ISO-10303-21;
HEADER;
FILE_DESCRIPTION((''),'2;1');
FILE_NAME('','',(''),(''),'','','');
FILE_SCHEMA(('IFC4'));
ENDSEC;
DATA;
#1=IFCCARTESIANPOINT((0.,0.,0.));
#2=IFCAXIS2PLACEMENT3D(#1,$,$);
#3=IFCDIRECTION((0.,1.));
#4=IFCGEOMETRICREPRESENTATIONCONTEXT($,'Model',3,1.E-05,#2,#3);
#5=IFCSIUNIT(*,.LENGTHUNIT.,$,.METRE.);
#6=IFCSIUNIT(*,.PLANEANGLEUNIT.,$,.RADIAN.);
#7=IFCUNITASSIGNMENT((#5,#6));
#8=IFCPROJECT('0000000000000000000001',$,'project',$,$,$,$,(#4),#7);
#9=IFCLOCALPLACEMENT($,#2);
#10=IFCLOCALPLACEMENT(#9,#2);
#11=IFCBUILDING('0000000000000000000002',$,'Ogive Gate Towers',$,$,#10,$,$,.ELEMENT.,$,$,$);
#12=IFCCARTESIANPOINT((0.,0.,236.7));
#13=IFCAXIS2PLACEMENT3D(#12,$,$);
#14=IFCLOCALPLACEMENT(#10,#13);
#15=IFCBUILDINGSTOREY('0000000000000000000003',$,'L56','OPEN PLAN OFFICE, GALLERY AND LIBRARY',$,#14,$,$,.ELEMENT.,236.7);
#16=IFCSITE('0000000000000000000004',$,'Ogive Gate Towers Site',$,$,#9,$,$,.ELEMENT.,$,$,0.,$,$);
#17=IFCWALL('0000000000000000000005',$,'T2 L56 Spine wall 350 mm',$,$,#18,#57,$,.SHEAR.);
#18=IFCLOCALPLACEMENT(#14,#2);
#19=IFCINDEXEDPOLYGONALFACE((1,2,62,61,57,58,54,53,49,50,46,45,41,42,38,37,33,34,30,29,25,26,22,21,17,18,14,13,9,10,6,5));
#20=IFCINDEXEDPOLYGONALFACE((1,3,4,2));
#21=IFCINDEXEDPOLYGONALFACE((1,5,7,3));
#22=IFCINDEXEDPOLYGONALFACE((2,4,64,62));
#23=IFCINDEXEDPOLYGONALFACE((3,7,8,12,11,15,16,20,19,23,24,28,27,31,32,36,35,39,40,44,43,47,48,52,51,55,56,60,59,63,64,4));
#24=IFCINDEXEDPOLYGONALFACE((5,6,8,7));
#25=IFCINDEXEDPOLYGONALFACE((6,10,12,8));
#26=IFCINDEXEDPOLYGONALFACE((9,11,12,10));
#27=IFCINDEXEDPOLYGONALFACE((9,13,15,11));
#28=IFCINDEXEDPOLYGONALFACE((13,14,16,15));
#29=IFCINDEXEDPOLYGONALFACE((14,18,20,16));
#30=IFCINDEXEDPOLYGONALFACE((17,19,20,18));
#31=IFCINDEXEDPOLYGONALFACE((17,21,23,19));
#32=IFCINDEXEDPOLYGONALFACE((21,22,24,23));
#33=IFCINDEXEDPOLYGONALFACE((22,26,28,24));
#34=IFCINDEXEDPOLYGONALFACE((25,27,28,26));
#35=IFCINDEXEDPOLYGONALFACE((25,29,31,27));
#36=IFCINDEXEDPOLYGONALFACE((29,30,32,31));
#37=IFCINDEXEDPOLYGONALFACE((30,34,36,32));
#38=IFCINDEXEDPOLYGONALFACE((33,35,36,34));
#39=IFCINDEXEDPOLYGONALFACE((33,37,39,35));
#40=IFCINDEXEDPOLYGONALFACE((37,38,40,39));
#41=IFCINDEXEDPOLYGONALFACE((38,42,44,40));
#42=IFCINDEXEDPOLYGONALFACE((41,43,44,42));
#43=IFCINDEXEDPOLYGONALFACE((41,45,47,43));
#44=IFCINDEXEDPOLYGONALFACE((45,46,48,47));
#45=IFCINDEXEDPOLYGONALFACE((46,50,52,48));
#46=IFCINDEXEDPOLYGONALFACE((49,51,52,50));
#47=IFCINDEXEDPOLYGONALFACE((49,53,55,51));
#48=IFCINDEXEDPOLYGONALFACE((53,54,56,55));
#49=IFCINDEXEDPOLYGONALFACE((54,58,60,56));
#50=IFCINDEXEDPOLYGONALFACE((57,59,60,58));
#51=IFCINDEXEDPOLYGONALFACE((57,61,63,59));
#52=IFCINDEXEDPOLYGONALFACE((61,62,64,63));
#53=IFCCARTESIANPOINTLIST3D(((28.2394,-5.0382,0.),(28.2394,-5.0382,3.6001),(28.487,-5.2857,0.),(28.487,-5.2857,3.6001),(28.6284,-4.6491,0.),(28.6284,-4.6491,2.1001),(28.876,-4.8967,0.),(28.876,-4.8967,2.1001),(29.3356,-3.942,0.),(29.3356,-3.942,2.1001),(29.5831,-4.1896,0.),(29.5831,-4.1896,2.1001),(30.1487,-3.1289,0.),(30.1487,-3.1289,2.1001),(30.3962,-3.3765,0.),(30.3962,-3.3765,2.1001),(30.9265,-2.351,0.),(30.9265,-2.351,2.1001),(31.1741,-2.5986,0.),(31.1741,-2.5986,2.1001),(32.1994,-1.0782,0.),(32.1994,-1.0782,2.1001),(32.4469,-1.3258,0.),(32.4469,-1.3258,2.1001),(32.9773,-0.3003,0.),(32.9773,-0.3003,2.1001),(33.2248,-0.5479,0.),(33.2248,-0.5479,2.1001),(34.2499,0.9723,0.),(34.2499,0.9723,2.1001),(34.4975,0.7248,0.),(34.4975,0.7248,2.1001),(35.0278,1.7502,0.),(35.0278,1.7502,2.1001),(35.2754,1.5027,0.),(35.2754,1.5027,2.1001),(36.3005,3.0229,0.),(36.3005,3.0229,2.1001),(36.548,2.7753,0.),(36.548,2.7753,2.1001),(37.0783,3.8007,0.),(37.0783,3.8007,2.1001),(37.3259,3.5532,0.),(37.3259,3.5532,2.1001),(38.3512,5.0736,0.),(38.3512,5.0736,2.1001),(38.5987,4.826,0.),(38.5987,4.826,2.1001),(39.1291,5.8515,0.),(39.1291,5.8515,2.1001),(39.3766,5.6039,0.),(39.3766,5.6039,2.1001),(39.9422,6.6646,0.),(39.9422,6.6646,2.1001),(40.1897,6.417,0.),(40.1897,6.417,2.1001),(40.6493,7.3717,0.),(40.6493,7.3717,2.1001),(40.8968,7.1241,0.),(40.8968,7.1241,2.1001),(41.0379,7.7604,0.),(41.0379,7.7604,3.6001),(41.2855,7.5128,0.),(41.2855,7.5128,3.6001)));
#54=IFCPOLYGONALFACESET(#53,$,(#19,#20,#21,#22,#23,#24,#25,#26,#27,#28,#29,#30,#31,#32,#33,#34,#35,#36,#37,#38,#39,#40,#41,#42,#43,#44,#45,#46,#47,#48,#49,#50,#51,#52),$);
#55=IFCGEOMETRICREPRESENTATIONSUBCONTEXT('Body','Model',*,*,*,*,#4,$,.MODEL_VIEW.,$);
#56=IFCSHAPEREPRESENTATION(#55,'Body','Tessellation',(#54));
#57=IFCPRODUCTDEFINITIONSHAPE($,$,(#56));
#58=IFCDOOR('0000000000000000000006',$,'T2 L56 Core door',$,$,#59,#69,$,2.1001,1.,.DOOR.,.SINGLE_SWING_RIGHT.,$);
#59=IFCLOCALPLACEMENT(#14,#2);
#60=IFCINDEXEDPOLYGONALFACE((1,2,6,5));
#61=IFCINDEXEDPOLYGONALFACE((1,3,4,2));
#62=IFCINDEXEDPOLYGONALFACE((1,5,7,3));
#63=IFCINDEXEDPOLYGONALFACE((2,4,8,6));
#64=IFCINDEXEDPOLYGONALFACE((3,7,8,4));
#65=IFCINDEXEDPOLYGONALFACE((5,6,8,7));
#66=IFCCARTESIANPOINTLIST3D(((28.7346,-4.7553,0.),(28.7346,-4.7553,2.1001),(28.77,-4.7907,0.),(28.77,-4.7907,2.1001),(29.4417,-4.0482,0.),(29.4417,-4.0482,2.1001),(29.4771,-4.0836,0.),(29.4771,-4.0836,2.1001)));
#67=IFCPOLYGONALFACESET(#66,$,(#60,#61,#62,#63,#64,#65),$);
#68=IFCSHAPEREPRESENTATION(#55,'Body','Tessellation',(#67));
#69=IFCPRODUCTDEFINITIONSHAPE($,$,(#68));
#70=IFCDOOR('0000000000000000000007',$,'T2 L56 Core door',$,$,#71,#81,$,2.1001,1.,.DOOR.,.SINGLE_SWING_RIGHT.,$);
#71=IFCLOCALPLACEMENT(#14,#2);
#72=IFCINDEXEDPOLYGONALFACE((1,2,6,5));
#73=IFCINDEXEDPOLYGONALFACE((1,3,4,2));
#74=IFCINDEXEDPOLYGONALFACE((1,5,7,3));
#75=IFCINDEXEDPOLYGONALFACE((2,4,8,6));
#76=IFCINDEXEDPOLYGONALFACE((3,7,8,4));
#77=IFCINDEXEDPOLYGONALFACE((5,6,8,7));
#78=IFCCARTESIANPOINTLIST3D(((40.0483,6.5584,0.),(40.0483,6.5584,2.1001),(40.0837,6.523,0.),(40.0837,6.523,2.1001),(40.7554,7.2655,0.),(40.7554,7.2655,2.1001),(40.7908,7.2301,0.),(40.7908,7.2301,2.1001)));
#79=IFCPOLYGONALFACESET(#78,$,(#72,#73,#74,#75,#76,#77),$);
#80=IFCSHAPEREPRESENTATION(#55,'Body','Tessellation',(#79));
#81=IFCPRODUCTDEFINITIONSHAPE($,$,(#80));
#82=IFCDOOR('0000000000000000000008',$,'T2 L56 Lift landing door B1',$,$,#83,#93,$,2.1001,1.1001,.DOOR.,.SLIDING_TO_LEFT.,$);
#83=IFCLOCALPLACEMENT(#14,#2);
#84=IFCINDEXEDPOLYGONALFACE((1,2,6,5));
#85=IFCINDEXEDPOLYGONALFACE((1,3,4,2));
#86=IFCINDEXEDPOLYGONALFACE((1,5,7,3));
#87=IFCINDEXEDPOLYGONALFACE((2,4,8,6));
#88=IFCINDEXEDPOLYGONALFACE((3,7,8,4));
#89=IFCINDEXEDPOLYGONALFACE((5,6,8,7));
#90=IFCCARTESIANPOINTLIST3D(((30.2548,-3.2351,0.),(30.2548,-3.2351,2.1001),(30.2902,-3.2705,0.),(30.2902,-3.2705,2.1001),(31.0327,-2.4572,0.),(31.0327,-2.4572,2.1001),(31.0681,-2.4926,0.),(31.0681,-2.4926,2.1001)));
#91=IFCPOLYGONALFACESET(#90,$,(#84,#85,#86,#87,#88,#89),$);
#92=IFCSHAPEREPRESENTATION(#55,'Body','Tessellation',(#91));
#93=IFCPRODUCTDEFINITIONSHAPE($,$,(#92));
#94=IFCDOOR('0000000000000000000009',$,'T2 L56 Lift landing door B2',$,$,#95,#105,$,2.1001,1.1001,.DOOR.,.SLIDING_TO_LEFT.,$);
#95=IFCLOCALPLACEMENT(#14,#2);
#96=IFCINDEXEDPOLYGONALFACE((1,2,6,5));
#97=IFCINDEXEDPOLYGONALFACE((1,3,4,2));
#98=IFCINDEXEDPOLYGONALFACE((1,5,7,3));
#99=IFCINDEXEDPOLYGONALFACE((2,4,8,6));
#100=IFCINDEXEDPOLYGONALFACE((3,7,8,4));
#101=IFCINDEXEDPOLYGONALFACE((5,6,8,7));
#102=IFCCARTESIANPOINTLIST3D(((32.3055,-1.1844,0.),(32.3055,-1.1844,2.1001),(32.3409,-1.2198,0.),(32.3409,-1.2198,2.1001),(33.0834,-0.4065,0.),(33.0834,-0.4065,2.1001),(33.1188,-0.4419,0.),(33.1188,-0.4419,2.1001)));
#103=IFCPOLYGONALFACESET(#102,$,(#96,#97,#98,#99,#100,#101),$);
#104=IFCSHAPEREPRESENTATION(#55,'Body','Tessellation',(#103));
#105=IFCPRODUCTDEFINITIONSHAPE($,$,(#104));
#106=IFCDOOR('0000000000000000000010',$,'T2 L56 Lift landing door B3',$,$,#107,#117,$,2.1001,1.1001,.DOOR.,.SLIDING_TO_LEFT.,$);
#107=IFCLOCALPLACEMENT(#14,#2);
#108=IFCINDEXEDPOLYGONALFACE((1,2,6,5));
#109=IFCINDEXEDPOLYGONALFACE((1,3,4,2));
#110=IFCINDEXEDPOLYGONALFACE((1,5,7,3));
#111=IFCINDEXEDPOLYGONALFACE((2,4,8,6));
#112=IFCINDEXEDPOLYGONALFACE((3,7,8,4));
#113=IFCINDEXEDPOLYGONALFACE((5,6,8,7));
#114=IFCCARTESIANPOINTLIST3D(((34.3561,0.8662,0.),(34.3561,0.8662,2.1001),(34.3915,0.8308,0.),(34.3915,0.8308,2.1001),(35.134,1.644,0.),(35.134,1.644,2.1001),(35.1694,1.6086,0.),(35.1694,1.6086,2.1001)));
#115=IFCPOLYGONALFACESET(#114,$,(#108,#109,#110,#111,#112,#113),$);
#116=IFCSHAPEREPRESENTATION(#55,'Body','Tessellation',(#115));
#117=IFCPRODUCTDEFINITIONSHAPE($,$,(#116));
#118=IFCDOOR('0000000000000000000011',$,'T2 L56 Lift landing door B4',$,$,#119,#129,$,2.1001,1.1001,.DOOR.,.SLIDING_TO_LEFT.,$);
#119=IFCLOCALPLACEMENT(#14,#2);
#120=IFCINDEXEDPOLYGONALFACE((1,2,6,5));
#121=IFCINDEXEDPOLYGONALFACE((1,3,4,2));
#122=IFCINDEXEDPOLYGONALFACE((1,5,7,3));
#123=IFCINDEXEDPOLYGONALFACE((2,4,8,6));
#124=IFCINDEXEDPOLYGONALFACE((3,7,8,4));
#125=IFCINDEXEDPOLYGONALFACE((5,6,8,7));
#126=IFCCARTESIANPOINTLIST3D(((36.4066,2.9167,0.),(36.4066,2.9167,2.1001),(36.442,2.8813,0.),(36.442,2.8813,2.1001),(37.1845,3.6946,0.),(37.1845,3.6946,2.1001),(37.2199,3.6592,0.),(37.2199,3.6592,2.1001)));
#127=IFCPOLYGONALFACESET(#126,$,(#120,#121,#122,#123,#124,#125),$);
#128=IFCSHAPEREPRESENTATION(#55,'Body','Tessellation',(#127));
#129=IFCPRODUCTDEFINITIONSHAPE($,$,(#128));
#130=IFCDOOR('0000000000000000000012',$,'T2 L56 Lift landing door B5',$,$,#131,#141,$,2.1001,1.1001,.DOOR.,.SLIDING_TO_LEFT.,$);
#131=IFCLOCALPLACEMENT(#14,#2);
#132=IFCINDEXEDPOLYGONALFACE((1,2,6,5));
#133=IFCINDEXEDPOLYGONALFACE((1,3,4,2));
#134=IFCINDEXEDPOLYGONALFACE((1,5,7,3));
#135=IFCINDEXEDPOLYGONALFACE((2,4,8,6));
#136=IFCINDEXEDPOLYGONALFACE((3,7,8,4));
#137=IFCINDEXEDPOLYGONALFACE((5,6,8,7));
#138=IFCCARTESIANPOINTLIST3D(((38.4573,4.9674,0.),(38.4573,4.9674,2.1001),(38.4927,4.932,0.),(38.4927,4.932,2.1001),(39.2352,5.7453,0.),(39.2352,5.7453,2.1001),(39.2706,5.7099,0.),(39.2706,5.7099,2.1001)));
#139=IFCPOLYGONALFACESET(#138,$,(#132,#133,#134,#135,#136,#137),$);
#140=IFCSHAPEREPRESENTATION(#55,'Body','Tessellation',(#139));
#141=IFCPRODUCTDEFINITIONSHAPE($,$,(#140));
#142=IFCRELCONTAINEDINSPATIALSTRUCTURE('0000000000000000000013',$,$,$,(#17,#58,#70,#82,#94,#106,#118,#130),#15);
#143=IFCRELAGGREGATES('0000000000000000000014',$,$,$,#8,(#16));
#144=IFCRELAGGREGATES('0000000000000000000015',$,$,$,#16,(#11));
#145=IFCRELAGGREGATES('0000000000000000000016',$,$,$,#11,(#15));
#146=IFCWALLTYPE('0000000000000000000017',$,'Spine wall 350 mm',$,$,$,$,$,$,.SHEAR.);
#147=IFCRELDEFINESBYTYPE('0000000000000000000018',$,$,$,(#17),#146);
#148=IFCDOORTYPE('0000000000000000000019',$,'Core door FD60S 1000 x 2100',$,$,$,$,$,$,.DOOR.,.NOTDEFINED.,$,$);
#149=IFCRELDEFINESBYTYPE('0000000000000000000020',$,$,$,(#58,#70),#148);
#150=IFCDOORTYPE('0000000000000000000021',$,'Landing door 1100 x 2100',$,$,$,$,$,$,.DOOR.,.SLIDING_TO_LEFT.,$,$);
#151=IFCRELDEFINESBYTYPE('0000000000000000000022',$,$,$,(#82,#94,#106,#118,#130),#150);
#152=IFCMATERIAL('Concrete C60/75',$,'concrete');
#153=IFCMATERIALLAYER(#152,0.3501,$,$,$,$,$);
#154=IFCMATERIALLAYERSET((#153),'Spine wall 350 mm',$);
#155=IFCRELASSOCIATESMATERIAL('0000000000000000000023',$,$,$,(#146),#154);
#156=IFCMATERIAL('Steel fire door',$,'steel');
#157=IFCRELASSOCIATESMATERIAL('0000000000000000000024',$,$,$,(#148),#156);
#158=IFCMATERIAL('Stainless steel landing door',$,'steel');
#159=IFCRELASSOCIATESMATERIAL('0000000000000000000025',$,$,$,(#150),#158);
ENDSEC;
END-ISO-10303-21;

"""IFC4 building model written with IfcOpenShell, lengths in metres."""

from ifc_helpers import new_model, si_unit, direction, frame, frame_2d, origin, place, context, subcontext, project, spatial, rectangle, extrude, material, layer, layer_set, type_object, element, fill, save


model = new_model("IFC4")

# Units and contexts
model_context = context("Model", 3, precision=1e-05, world=origin(), true_north=direction((0.0, 1.0)))
body_context = subcontext(model_context, "Body", "Model", "MODEL_VIEW")
ifc_project = project(units=[si_unit("LENGTHUNIT", "METRE"), si_unit("PLANEANGLEUNIT", "RADIAN")], contexts=[model_context])

# Site, building, storey
site_placement = place(None, origin())
site = spatial("IfcSite", under=ifc_project, at=site_placement, Name="Ogive Gate Towers Site", CompositionType="ELEMENT", RefElevation=0.0)
building_placement = place(site_placement, origin())
building = spatial("IfcBuilding", under=site, at=building_placement, Name="Ogive Gate Towers", CompositionType="ELEMENT")
storey_placement = place(building_placement, frame((0.0, 0.0, 236.7)))
storey = spatial("IfcBuildingStorey", under=building, at=storey_placement, Name="L56", Description="OPEN PLAN OFFICE, GALLERY AND LIBRARY", CompositionType="ELEMENT", Elevation=236.7)

# Shared definitions
ifc_material_1 = material(Name="Concrete C60/75", Category="concrete")

# Wall, openings, doors
ifc_layer_1 = layer(ifc_material_1, 0.3501)
ifc_layer_set_1 = layer_set([ifc_layer_1], Name="Spine wall 350 mm")
wall_type_1 = type_object("IfcWallType", Name="Spine wall 350 mm", PredefinedType="SHEAR", material=ifc_layer_set_1)
ifc_material_2 = material(Name="Steel fire door", Category="steel")
door_type_1 = type_object("IfcDoorType", Name="Core door FD60S 1000 x 2100", OperationType="NOTDEFINED", PredefinedType="DOOR", material=ifc_material_2)
ifc_material_3 = material(Name="Stainless steel landing door", Category="steel")
door_type_2 = type_object("IfcDoorType", Name="Landing door 1100 x 2100", OperationType="SLIDING_TO_LEFT", PredefinedType="DOOR", material=ifc_material_3)
wall_1_placement = place(storey_placement, frame((28.3633, -5.1619, 0.0), z_axis=(0.0, 0.0, 1.0), x_axis=(0.707107, 0.707107, 0.0)))
wall_1 = element("IfcWall", 1, at=wall_1_placement, inside=storey, type_object=wall_type_1, Name="T2 L56 Spine wall 350 mm", PredefinedType="SHEAR", context=body_context, shape_type="SweptSolid", body=[
    extrude(rectangle(XDim=18.0999, YDim=0.3501, at=frame_2d((9.0498, 0.0))), origin(), (0.0, 0.0, 1.0), 3.6001),
])
opening_1_placement = place(wall_1_placement, frame((0.55, 0.0, 0.0)))
opening_1 = element("IfcOpeningElement", 2, at=opening_1_placement, cuts=wall_1, PredefinedType="OPENING", context=body_context, shape_type="SweptSolid", body=[
    extrude(rectangle(XDim=1.0, YDim=2.1001, at=frame_2d((0.5, 1.05))), frame((0.0, 0.1851, 0.0), z_axis=(0.0, -1.0, 0.0), x_axis=(1.0, 0.0, 0.0)), (0.0, 0.0, 1.0), 0.3701),
])
opening_2_placement = place(wall_1_placement, frame((2.7, 0.0, 0.0)))
opening_2 = element("IfcOpeningElement", 3, at=opening_2_placement, cuts=wall_1, PredefinedType="OPENING", context=body_context, shape_type="SweptSolid", body=[
    extrude(rectangle(XDim=1.1001, YDim=2.1001, at=frame_2d((0.55, 1.05))), frame((0.0, 0.1851, 0.0), z_axis=(0.0, -1.0, 0.0), x_axis=(1.0, 0.0, 0.0)), (0.0, 0.0, 1.0), 0.3701),
])
opening_3_placement = place(wall_1_placement, frame((5.6001, 0.0, 0.0)))
opening_3 = element("IfcOpeningElement", 4, at=opening_3_placement, cuts=wall_1, PredefinedType="OPENING", context=body_context, shape_type="SweptSolid", body=[
    extrude(rectangle(XDim=1.1001, YDim=2.1001, at=frame_2d((0.55, 1.05))), frame((0.0, 0.1851, 0.0), z_axis=(0.0, -1.0, 0.0), x_axis=(1.0, 0.0, 0.0)), (0.0, 0.0, 1.0), 0.3701),
])
opening_4_placement = place(wall_1_placement, frame((8.5, 0.0, 0.0)))
opening_4 = element("IfcOpeningElement", 5, at=opening_4_placement, cuts=wall_1, PredefinedType="OPENING", context=body_context, shape_type="SweptSolid", body=[
    extrude(rectangle(XDim=1.1001, YDim=2.1001, at=frame_2d((0.55, 1.05))), frame((0.0, 0.1851, 0.0), z_axis=(0.0, -1.0, 0.0), x_axis=(1.0, 0.0, 0.0)), (0.0, 0.0, 1.0), 0.3701),
])
opening_5_placement = place(wall_1_placement, frame((11.3999, 0.0, 0.0)))
opening_5 = element("IfcOpeningElement", 6, at=opening_5_placement, cuts=wall_1, PredefinedType="OPENING", context=body_context, shape_type="SweptSolid", body=[
    extrude(rectangle(XDim=1.1001, YDim=2.1001, at=frame_2d((0.55, 1.05))), frame((0.0, 0.1851, 0.0), z_axis=(0.0, -1.0, 0.0), x_axis=(1.0, 0.0, 0.0)), (0.0, 0.0, 1.0), 0.3701),
])
opening_6_placement = place(wall_1_placement, frame((14.3, 0.0, 0.0)))
opening_6 = element("IfcOpeningElement", 7, at=opening_6_placement, cuts=wall_1, PredefinedType="OPENING", context=body_context, shape_type="SweptSolid", body=[
    extrude(rectangle(XDim=1.1001, YDim=2.1001, at=frame_2d((0.55, 1.05))), frame((0.0, 0.1851, 0.0), z_axis=(0.0, -1.0, 0.0), x_axis=(1.0, 0.0, 0.0)), (0.0, 0.0, 1.0), 0.3701),
])
opening_7_placement = place(wall_1_placement, frame((16.55, 0.0, 0.0)))
opening_7 = element("IfcOpeningElement", 8, at=opening_7_placement, cuts=wall_1, PredefinedType="OPENING", context=body_context, shape_type="SweptSolid", body=[
    extrude(rectangle(XDim=1.0, YDim=2.1001, at=frame_2d((0.5, 1.05))), frame((0.0, 0.1851, 0.0), z_axis=(0.0, -1.0, 0.0), x_axis=(1.0, 0.0, 0.0)), (0.0, 0.0, 1.0), 0.3701),
])
door_1_placement = place(opening_1_placement, origin())
door_1 = element("IfcDoor", 9, at=door_1_placement, inside=storey, type_object=door_type_1, Name="T2 L56 Core door", OperationType="SINGLE_SWING_RIGHT", OverallHeight=2.1001, OverallWidth=1.0, PredefinedType="DOOR", context=body_context, shape_type="SweptSolid", body=[
    extrude(rectangle(XDim=1.0, YDim=2.1001, at=frame_2d((0.5, 1.05))), frame((0.0, 0.0249, 0.0), z_axis=(0.0, -1.0, 0.0), x_axis=(1.0, 0.0, 0.0)), (0.0, 0.0, 1.0), 0.05),
])
fill(opening_1, door_1)
door_2_placement = place(opening_7_placement, origin())
door_2 = element("IfcDoor", 10, at=door_2_placement, inside=storey, type_object=door_type_1, Name="T2 L56 Core door", OperationType="SINGLE_SWING_RIGHT", OverallHeight=2.1001, OverallWidth=1.0, PredefinedType="DOOR", context=body_context, shape_type="SweptSolid", body=[
    extrude(rectangle(XDim=1.0, YDim=2.1001, at=frame_2d((0.5, 1.05))), frame((0.0, 0.0249, 0.0), z_axis=(0.0, -1.0, 0.0), x_axis=(1.0, 0.0, 0.0)), (0.0, 0.0, 1.0), 0.05),
])
fill(opening_7, door_2)
door_3_placement = place(opening_2_placement, origin())
door_3 = element("IfcDoor", 11, at=door_3_placement, inside=storey, type_object=door_type_2, Name="T2 L56 Lift landing door B1", OperationType="SLIDING_TO_LEFT", OverallHeight=2.1001, OverallWidth=1.1001, PredefinedType="DOOR", context=body_context, shape_type="SweptSolid", body=[
    extrude(rectangle(XDim=1.1001, YDim=2.1001, at=frame_2d((0.55, 1.05))), frame((0.0, 0.0249, 0.0), z_axis=(0.0, -1.0, 0.0), x_axis=(1.0, 0.0, 0.0)), (0.0, 0.0, 1.0), 0.05),
])
fill(opening_2, door_3)
door_4_placement = place(opening_3_placement, origin())
door_4 = element("IfcDoor", 12, at=door_4_placement, inside=storey, type_object=door_type_2, Name="T2 L56 Lift landing door B2", OperationType="SLIDING_TO_LEFT", OverallHeight=2.1001, OverallWidth=1.1001, PredefinedType="DOOR", context=body_context, shape_type="SweptSolid", body=[
    extrude(rectangle(XDim=1.1001, YDim=2.1001, at=frame_2d((0.55, 1.05))), frame((0.0, 0.0249, 0.0), z_axis=(0.0, -1.0, 0.0), x_axis=(1.0, 0.0, 0.0)), (0.0, 0.0, 1.0), 0.05),
])
fill(opening_3, door_4)
door_5_placement = place(opening_4_placement, origin())
door_5 = element("IfcDoor", 13, at=door_5_placement, inside=storey, type_object=door_type_2, Name="T2 L56 Lift landing door B3", OperationType="SLIDING_TO_LEFT", OverallHeight=2.1001, OverallWidth=1.1001, PredefinedType="DOOR", context=body_context, shape_type="SweptSolid", body=[
    extrude(rectangle(XDim=1.1001, YDim=2.1001, at=frame_2d((0.55, 1.05))), frame((0.0, 0.0249, 0.0), z_axis=(0.0, -1.0, 0.0), x_axis=(1.0, 0.0, 0.0)), (0.0, 0.0, 1.0), 0.05),
])
fill(opening_4, door_5)
door_6_placement = place(opening_5_placement, origin())
door_6 = element("IfcDoor", 14, at=door_6_placement, inside=storey, type_object=door_type_2, Name="T2 L56 Lift landing door B4", OperationType="SLIDING_TO_LEFT", OverallHeight=2.1001, OverallWidth=1.1001, PredefinedType="DOOR", context=body_context, shape_type="SweptSolid", body=[
    extrude(rectangle(XDim=1.1001, YDim=2.1001, at=frame_2d((0.55, 1.05))), frame((0.0, 0.0249, 0.0), z_axis=(0.0, -1.0, 0.0), x_axis=(1.0, 0.0, 0.0)), (0.0, 0.0, 1.0), 0.05),
])
fill(opening_5, door_6)
door_7_placement = place(opening_6_placement, origin())
door_7 = element("IfcDoor", 15, at=door_7_placement, inside=storey, type_object=door_type_2, Name="T2 L56 Lift landing door B5", OperationType="SLIDING_TO_LEFT", OverallHeight=2.1001, OverallWidth=1.1001, PredefinedType="DOOR", context=body_context, shape_type="SweptSolid", body=[
    extrude(rectangle(XDim=1.1001, YDim=2.1001, at=frame_2d((0.55, 1.05))), frame((0.0, 0.0249, 0.0), z_axis=(0.0, -1.0, 0.0), x_axis=(1.0, 0.0, 0.0)), (0.0, 0.0, 1.0), 0.05),
])
fill(opening_6, door_7)

save(model, "model.ifc")
